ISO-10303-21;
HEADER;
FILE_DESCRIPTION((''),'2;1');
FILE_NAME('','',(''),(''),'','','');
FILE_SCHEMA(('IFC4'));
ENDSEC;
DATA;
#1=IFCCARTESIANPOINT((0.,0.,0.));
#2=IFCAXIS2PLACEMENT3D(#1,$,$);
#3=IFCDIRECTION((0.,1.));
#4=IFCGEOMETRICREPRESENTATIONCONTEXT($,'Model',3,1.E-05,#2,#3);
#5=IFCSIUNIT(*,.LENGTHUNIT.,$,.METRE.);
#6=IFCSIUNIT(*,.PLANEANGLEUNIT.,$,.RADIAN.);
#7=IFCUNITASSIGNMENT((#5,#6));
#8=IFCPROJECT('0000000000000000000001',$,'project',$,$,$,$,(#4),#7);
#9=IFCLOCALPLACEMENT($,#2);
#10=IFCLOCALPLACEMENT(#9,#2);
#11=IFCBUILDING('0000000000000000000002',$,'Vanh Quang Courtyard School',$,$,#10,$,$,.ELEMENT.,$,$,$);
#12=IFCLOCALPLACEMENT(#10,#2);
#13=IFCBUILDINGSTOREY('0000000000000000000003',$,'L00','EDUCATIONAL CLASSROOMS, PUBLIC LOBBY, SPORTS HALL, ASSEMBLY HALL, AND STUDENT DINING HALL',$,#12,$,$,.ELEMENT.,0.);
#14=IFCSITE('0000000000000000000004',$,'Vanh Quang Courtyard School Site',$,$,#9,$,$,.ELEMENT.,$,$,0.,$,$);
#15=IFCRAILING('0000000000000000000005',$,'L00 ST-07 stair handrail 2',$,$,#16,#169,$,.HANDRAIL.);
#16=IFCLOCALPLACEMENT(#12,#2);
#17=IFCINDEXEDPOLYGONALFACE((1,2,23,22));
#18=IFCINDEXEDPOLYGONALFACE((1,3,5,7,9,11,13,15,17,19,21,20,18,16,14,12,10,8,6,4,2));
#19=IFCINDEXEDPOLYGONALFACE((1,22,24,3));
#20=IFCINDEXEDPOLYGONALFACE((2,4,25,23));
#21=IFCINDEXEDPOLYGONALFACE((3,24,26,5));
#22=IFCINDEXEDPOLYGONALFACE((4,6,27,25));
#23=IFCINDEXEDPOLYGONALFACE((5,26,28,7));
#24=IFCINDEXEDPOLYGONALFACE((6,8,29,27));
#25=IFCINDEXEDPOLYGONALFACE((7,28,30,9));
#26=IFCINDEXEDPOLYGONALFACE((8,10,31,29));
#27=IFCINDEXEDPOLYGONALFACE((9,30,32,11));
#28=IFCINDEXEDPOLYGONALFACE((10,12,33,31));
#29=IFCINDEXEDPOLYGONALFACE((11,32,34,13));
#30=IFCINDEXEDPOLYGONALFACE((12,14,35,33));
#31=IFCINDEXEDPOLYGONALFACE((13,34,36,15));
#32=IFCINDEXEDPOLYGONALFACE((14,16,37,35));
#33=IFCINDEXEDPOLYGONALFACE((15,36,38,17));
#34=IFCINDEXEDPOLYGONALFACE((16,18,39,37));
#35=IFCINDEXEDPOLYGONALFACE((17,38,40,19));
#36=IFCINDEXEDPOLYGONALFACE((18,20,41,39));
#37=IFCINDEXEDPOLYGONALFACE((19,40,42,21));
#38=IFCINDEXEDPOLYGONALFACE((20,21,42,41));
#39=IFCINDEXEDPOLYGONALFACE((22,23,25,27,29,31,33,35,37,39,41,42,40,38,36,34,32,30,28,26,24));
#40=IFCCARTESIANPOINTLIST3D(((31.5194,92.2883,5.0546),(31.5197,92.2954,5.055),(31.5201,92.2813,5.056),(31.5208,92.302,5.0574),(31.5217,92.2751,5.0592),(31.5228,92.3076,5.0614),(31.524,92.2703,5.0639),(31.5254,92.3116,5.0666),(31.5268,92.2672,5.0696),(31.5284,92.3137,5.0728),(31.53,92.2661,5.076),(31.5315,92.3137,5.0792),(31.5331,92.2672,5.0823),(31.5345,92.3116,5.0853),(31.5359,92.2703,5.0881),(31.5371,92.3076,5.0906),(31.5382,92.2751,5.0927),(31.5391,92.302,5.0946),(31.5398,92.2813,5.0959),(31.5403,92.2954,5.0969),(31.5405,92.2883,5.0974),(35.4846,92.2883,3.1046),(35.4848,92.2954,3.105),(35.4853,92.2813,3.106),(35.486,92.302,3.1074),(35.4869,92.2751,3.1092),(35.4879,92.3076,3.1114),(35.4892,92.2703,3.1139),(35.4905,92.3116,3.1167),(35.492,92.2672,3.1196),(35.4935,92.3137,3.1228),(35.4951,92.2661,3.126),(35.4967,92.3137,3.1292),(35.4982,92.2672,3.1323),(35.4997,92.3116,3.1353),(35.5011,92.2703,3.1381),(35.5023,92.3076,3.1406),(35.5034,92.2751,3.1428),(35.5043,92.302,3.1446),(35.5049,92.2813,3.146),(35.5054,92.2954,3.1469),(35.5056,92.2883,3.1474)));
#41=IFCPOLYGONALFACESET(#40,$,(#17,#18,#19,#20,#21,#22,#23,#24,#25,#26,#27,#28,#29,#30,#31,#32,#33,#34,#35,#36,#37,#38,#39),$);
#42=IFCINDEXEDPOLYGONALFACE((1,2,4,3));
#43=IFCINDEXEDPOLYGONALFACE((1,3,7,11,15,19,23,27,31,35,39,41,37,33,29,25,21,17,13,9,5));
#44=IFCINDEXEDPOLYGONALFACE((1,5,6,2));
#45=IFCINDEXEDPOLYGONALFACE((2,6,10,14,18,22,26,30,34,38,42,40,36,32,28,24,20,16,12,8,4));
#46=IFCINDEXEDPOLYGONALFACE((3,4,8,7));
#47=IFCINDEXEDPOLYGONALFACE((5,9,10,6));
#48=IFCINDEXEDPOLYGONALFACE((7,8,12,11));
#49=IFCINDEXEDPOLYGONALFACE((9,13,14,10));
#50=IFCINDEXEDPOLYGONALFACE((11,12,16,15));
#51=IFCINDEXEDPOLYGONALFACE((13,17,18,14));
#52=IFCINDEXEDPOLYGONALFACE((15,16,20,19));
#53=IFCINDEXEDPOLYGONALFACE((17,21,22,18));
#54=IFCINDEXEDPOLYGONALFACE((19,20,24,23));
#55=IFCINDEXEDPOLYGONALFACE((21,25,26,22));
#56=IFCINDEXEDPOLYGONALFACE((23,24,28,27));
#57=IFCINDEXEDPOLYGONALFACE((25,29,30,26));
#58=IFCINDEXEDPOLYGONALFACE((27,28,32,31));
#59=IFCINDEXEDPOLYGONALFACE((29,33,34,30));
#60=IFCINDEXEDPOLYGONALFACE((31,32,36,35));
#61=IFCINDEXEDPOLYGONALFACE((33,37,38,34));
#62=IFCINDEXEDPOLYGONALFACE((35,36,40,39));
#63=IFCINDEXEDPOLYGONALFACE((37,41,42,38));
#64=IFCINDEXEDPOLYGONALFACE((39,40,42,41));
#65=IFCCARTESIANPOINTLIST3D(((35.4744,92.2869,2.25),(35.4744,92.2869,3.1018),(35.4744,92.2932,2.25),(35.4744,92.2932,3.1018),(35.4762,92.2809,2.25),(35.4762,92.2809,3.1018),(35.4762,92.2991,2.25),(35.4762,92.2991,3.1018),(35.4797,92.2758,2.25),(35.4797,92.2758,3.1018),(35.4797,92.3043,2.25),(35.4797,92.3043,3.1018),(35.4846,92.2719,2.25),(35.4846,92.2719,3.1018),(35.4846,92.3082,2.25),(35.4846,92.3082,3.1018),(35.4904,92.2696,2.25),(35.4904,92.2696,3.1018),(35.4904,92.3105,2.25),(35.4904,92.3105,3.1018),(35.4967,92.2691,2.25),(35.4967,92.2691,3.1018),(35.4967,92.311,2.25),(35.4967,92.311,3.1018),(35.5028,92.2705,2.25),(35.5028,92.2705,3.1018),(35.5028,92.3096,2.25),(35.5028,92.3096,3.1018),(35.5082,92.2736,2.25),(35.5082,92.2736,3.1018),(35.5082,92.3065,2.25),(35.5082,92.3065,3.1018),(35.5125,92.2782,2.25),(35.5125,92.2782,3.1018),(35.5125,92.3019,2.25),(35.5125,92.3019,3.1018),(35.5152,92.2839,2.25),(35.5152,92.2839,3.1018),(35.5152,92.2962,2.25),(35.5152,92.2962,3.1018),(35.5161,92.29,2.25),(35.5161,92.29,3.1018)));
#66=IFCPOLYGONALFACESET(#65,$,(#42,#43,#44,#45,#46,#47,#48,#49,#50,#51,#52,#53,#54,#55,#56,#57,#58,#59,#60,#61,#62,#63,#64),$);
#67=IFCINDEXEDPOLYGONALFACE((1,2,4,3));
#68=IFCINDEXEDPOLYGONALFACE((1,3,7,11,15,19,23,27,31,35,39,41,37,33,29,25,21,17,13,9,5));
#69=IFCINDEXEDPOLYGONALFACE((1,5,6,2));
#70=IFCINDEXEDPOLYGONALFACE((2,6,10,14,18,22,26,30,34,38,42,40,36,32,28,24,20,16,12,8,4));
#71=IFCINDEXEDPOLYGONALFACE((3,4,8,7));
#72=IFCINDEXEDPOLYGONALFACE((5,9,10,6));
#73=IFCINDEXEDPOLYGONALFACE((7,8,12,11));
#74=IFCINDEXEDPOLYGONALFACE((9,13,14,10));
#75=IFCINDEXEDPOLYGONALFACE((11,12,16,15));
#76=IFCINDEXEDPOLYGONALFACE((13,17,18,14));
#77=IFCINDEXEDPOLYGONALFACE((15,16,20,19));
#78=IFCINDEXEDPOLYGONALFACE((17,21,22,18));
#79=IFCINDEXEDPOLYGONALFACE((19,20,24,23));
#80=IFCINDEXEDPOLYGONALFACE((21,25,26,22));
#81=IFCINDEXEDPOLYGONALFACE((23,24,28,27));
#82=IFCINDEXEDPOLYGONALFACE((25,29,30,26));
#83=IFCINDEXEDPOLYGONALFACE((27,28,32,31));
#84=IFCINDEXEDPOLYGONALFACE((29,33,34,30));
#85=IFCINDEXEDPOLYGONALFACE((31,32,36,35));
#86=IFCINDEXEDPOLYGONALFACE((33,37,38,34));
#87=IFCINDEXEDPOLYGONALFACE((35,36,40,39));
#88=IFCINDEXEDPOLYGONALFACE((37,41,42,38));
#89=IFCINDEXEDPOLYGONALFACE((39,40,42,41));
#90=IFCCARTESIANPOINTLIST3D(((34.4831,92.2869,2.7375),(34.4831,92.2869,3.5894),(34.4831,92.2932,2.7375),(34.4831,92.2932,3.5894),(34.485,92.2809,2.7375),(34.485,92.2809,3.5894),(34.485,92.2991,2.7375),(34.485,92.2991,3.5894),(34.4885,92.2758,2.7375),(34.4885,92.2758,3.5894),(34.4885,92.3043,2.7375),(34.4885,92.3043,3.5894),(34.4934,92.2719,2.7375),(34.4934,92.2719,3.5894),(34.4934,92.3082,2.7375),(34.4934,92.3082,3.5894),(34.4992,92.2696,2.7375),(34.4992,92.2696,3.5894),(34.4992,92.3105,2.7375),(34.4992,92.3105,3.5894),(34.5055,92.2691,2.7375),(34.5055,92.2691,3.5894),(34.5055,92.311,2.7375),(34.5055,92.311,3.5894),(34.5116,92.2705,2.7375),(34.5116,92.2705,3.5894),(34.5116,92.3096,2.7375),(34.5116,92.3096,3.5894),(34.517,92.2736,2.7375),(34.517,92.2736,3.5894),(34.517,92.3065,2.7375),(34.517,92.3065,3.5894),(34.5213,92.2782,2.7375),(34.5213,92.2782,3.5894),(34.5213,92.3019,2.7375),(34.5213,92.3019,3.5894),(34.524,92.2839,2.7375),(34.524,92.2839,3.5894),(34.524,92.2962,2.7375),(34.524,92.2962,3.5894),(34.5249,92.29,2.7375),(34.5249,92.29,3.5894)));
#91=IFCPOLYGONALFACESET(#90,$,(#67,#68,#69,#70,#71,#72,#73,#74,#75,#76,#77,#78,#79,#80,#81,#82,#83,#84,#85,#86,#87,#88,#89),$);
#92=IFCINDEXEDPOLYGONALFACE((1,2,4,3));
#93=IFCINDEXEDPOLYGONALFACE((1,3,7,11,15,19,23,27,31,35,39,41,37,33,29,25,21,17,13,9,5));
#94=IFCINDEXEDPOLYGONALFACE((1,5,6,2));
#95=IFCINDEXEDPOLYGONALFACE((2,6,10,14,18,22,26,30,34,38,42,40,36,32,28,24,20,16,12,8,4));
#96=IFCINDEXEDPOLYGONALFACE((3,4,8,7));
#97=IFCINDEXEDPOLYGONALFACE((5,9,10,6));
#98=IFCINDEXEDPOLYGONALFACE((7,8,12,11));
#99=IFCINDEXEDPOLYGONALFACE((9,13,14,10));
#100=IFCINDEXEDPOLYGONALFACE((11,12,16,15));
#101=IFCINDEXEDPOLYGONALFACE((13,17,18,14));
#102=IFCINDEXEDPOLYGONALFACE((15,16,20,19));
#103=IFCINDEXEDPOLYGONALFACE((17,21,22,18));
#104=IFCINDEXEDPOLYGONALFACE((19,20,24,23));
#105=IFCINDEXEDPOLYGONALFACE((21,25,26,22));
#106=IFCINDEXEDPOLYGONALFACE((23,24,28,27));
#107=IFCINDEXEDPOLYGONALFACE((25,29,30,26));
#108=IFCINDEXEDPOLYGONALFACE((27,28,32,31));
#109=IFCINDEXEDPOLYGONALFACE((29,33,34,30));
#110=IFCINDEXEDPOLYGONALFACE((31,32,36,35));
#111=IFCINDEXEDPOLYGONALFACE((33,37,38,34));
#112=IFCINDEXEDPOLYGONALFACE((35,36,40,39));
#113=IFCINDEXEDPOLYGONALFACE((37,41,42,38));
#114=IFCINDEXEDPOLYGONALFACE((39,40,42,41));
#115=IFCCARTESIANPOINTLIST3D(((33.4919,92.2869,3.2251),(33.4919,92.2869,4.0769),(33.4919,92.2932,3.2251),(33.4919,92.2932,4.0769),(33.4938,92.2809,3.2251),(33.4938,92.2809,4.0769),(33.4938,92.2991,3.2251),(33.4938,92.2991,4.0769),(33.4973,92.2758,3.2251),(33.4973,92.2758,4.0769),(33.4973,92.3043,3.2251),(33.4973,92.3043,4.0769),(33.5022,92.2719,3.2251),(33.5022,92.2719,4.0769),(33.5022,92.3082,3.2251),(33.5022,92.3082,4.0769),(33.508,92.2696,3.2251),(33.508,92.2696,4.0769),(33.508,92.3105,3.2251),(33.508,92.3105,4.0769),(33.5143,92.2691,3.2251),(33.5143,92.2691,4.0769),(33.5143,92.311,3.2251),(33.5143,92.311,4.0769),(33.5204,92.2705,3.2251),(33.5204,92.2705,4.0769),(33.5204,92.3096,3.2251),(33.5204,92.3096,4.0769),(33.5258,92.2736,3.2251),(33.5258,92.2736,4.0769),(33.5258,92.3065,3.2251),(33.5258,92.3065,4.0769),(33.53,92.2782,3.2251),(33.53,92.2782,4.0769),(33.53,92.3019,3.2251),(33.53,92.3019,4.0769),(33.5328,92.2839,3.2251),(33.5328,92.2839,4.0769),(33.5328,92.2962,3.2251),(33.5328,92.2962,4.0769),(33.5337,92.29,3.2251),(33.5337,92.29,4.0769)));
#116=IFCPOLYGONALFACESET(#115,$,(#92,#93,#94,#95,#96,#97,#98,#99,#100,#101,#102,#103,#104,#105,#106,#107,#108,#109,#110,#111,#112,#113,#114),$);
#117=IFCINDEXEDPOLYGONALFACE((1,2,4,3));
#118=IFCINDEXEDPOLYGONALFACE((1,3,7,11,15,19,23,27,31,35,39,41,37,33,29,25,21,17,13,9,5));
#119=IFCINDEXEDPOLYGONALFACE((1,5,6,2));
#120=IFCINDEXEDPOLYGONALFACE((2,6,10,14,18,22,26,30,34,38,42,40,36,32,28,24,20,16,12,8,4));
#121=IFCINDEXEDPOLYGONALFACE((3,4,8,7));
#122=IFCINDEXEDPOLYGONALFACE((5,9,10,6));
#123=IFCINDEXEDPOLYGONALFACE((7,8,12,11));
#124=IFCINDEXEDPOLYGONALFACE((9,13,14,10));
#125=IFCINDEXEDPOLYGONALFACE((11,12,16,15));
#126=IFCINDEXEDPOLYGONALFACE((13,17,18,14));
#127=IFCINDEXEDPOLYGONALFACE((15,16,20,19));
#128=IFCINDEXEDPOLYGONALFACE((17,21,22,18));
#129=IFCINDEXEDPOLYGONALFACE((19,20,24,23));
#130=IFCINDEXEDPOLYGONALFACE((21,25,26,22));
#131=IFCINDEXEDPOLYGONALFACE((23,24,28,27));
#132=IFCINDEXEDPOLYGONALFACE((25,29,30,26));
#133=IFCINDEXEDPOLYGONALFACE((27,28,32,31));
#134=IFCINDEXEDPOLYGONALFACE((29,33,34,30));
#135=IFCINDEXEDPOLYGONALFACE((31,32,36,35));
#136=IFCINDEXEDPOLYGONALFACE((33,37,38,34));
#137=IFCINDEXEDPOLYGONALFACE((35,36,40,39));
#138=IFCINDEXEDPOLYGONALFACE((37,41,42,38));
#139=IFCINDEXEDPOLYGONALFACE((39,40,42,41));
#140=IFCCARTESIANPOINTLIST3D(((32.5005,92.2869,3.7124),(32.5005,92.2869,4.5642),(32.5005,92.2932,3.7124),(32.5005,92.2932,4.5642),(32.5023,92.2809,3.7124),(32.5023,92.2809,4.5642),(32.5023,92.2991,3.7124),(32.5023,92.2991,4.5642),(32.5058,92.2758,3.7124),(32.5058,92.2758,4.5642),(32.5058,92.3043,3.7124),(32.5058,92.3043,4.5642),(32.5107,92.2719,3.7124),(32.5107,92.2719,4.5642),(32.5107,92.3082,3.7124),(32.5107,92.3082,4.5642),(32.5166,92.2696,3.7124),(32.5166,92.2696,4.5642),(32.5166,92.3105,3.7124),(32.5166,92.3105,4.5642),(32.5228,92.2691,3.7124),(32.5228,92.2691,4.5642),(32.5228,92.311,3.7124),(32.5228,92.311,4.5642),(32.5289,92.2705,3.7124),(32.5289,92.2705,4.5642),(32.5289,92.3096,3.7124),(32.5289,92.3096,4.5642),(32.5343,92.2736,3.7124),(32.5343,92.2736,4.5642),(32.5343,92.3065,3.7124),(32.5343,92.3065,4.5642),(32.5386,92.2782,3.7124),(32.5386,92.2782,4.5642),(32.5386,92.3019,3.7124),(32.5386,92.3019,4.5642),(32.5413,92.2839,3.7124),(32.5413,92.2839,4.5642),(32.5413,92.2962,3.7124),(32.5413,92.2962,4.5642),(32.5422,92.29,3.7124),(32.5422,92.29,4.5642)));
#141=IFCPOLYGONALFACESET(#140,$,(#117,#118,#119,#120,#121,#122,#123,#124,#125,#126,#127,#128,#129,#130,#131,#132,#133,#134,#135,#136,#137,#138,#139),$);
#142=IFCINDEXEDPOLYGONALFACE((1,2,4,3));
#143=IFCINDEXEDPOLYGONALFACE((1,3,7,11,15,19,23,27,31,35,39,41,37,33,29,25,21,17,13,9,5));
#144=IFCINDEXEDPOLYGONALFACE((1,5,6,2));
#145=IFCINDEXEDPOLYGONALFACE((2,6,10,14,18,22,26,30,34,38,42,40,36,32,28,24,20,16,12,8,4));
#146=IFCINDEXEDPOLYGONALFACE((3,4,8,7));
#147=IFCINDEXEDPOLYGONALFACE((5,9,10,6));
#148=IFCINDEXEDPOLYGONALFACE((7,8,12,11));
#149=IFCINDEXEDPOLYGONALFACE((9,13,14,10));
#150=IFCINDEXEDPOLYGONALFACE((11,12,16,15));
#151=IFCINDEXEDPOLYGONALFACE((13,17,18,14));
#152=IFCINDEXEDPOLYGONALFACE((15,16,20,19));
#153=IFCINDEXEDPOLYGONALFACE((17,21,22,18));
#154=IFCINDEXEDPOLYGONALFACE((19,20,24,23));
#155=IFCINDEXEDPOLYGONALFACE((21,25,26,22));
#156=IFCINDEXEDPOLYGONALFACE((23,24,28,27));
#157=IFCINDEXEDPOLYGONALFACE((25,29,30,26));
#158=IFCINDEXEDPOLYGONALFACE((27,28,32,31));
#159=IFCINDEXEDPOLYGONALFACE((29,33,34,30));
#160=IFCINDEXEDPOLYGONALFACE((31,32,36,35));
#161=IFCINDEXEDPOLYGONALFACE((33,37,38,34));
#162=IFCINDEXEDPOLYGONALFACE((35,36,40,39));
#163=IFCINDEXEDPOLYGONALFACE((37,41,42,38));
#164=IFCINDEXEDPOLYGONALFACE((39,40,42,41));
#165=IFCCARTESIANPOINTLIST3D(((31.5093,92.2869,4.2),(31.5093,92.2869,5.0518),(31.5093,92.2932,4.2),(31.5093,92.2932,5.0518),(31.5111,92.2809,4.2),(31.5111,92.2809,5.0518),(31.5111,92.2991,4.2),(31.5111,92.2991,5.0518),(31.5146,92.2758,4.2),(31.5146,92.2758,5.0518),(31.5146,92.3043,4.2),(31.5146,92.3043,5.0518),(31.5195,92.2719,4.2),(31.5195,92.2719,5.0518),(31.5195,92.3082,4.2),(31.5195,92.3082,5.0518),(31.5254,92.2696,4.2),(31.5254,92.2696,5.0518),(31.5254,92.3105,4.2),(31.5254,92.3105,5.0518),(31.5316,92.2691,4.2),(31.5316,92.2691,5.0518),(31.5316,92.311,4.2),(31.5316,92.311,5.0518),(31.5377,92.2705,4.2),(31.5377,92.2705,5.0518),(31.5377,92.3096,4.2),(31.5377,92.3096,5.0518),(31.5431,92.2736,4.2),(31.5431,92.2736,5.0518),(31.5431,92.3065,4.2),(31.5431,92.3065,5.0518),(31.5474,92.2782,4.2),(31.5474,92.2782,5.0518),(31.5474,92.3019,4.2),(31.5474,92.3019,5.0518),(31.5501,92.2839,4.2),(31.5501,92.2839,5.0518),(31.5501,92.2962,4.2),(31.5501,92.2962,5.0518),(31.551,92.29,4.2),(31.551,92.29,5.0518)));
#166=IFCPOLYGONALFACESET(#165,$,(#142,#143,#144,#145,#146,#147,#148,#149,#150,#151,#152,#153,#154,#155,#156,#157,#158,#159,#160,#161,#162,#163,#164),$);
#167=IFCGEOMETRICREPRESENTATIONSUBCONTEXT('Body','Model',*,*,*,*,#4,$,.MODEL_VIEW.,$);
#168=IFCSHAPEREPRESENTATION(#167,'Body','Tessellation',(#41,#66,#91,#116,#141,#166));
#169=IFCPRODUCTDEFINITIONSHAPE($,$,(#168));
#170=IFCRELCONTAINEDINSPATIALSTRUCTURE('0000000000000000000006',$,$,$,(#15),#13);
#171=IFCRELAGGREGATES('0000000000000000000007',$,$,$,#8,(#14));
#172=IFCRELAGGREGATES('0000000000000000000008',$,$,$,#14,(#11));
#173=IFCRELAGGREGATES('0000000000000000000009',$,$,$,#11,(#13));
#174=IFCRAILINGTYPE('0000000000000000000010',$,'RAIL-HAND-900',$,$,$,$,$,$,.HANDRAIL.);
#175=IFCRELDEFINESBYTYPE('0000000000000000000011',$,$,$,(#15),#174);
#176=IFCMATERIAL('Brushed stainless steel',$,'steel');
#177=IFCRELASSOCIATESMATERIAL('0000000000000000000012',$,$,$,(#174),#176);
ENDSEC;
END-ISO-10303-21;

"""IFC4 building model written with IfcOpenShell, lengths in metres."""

from ifc_helpers import new_model, si_unit, direction, frame, origin, origin_2d, place, context, subcontext, project, spatial, circle, extrude, material, type_object, element, save


model = new_model("IFC4")

# Units and contexts
model_context = context("Model", 3, precision=1e-05, world=origin(), true_north=direction((0.0, 1.0)))
body_context = subcontext(model_context, "Body", "Model", "MODEL_VIEW")
ifc_project = project(units=[si_unit("LENGTHUNIT", "METRE"), si_unit("PLANEANGLEUNIT", "RADIAN")], contexts=[model_context])

# Site, building, storey
site_placement = place(None, origin())
site = spatial("IfcSite", under=ifc_project, at=site_placement, Name="Vanh Quang Courtyard School Site", CompositionType="ELEMENT", RefElevation=0.0)
building_placement = place(site_placement, origin())
building = spatial("IfcBuilding", under=site, at=building_placement, Name="Vanh Quang Courtyard School", CompositionType="ELEMENT")
storey_placement = place(building_placement, origin())
storey = spatial("IfcBuildingStorey", under=building, at=storey_placement, Name="L00", Description="EDUCATIONAL CLASSROOMS, PUBLIC LOBBY, SPORTS HALL, ASSEMBLY HALL, AND STUDENT DINING HALL", CompositionType="ELEMENT", Elevation=0.0)

# Railing
ifc_material_1 = material(Name="Brushed stainless steel", Category="steel")
railing_type_1 = type_object("IfcRailingType", Name="RAIL-HAND-900", PredefinedType="HANDRAIL", material=ifc_material_1)
railing_1_placement = place(storey_placement, frame((35.4951, 92.29, 2.25)))
element("IfcRailing", 1, at=railing_1_placement, inside=storey, type_object=railing_type_1, Name="L00 ST-07 stair handrail 2", PredefinedType="HANDRAIL", context=body_context, shape_type="SweptSolid", body=[
    extrude(circle(Radius=0.0239, at=origin_2d()), frame((0.0, 0.0, 0.876), z_axis=(-0.897358, 0.0, 0.441303), x_axis=(0.0, -1.0, 0.0)), (0.0, 0.0, 1.0), 4.4187),
    extrude(circle(Radius=0.021, at=origin_2d()), origin(), (0.0, 0.0, 1.0), 0.8518),
    extrude(circle(Radius=0.021, at=origin_2d()), frame((-0.9912, 0.0, 0.4875)), (0.0, 0.0, 1.0), 0.8518),
    extrude(circle(Radius=0.021, at=origin_2d()), frame((-1.9824, 0.0, 0.9751)), (0.0, 0.0, 1.0), 0.8518),
    extrude(circle(Radius=0.021, at=origin_2d()), frame((-2.9739, 0.0, 1.4624)), (0.0, 0.0, 1.0), 0.8518),
    extrude(circle(Radius=0.021, at=origin_2d()), frame((-3.9651, 0.0, 1.95)), (0.0, 0.0, 1.0), 0.8518),
])

save(model, "model.ifc")
